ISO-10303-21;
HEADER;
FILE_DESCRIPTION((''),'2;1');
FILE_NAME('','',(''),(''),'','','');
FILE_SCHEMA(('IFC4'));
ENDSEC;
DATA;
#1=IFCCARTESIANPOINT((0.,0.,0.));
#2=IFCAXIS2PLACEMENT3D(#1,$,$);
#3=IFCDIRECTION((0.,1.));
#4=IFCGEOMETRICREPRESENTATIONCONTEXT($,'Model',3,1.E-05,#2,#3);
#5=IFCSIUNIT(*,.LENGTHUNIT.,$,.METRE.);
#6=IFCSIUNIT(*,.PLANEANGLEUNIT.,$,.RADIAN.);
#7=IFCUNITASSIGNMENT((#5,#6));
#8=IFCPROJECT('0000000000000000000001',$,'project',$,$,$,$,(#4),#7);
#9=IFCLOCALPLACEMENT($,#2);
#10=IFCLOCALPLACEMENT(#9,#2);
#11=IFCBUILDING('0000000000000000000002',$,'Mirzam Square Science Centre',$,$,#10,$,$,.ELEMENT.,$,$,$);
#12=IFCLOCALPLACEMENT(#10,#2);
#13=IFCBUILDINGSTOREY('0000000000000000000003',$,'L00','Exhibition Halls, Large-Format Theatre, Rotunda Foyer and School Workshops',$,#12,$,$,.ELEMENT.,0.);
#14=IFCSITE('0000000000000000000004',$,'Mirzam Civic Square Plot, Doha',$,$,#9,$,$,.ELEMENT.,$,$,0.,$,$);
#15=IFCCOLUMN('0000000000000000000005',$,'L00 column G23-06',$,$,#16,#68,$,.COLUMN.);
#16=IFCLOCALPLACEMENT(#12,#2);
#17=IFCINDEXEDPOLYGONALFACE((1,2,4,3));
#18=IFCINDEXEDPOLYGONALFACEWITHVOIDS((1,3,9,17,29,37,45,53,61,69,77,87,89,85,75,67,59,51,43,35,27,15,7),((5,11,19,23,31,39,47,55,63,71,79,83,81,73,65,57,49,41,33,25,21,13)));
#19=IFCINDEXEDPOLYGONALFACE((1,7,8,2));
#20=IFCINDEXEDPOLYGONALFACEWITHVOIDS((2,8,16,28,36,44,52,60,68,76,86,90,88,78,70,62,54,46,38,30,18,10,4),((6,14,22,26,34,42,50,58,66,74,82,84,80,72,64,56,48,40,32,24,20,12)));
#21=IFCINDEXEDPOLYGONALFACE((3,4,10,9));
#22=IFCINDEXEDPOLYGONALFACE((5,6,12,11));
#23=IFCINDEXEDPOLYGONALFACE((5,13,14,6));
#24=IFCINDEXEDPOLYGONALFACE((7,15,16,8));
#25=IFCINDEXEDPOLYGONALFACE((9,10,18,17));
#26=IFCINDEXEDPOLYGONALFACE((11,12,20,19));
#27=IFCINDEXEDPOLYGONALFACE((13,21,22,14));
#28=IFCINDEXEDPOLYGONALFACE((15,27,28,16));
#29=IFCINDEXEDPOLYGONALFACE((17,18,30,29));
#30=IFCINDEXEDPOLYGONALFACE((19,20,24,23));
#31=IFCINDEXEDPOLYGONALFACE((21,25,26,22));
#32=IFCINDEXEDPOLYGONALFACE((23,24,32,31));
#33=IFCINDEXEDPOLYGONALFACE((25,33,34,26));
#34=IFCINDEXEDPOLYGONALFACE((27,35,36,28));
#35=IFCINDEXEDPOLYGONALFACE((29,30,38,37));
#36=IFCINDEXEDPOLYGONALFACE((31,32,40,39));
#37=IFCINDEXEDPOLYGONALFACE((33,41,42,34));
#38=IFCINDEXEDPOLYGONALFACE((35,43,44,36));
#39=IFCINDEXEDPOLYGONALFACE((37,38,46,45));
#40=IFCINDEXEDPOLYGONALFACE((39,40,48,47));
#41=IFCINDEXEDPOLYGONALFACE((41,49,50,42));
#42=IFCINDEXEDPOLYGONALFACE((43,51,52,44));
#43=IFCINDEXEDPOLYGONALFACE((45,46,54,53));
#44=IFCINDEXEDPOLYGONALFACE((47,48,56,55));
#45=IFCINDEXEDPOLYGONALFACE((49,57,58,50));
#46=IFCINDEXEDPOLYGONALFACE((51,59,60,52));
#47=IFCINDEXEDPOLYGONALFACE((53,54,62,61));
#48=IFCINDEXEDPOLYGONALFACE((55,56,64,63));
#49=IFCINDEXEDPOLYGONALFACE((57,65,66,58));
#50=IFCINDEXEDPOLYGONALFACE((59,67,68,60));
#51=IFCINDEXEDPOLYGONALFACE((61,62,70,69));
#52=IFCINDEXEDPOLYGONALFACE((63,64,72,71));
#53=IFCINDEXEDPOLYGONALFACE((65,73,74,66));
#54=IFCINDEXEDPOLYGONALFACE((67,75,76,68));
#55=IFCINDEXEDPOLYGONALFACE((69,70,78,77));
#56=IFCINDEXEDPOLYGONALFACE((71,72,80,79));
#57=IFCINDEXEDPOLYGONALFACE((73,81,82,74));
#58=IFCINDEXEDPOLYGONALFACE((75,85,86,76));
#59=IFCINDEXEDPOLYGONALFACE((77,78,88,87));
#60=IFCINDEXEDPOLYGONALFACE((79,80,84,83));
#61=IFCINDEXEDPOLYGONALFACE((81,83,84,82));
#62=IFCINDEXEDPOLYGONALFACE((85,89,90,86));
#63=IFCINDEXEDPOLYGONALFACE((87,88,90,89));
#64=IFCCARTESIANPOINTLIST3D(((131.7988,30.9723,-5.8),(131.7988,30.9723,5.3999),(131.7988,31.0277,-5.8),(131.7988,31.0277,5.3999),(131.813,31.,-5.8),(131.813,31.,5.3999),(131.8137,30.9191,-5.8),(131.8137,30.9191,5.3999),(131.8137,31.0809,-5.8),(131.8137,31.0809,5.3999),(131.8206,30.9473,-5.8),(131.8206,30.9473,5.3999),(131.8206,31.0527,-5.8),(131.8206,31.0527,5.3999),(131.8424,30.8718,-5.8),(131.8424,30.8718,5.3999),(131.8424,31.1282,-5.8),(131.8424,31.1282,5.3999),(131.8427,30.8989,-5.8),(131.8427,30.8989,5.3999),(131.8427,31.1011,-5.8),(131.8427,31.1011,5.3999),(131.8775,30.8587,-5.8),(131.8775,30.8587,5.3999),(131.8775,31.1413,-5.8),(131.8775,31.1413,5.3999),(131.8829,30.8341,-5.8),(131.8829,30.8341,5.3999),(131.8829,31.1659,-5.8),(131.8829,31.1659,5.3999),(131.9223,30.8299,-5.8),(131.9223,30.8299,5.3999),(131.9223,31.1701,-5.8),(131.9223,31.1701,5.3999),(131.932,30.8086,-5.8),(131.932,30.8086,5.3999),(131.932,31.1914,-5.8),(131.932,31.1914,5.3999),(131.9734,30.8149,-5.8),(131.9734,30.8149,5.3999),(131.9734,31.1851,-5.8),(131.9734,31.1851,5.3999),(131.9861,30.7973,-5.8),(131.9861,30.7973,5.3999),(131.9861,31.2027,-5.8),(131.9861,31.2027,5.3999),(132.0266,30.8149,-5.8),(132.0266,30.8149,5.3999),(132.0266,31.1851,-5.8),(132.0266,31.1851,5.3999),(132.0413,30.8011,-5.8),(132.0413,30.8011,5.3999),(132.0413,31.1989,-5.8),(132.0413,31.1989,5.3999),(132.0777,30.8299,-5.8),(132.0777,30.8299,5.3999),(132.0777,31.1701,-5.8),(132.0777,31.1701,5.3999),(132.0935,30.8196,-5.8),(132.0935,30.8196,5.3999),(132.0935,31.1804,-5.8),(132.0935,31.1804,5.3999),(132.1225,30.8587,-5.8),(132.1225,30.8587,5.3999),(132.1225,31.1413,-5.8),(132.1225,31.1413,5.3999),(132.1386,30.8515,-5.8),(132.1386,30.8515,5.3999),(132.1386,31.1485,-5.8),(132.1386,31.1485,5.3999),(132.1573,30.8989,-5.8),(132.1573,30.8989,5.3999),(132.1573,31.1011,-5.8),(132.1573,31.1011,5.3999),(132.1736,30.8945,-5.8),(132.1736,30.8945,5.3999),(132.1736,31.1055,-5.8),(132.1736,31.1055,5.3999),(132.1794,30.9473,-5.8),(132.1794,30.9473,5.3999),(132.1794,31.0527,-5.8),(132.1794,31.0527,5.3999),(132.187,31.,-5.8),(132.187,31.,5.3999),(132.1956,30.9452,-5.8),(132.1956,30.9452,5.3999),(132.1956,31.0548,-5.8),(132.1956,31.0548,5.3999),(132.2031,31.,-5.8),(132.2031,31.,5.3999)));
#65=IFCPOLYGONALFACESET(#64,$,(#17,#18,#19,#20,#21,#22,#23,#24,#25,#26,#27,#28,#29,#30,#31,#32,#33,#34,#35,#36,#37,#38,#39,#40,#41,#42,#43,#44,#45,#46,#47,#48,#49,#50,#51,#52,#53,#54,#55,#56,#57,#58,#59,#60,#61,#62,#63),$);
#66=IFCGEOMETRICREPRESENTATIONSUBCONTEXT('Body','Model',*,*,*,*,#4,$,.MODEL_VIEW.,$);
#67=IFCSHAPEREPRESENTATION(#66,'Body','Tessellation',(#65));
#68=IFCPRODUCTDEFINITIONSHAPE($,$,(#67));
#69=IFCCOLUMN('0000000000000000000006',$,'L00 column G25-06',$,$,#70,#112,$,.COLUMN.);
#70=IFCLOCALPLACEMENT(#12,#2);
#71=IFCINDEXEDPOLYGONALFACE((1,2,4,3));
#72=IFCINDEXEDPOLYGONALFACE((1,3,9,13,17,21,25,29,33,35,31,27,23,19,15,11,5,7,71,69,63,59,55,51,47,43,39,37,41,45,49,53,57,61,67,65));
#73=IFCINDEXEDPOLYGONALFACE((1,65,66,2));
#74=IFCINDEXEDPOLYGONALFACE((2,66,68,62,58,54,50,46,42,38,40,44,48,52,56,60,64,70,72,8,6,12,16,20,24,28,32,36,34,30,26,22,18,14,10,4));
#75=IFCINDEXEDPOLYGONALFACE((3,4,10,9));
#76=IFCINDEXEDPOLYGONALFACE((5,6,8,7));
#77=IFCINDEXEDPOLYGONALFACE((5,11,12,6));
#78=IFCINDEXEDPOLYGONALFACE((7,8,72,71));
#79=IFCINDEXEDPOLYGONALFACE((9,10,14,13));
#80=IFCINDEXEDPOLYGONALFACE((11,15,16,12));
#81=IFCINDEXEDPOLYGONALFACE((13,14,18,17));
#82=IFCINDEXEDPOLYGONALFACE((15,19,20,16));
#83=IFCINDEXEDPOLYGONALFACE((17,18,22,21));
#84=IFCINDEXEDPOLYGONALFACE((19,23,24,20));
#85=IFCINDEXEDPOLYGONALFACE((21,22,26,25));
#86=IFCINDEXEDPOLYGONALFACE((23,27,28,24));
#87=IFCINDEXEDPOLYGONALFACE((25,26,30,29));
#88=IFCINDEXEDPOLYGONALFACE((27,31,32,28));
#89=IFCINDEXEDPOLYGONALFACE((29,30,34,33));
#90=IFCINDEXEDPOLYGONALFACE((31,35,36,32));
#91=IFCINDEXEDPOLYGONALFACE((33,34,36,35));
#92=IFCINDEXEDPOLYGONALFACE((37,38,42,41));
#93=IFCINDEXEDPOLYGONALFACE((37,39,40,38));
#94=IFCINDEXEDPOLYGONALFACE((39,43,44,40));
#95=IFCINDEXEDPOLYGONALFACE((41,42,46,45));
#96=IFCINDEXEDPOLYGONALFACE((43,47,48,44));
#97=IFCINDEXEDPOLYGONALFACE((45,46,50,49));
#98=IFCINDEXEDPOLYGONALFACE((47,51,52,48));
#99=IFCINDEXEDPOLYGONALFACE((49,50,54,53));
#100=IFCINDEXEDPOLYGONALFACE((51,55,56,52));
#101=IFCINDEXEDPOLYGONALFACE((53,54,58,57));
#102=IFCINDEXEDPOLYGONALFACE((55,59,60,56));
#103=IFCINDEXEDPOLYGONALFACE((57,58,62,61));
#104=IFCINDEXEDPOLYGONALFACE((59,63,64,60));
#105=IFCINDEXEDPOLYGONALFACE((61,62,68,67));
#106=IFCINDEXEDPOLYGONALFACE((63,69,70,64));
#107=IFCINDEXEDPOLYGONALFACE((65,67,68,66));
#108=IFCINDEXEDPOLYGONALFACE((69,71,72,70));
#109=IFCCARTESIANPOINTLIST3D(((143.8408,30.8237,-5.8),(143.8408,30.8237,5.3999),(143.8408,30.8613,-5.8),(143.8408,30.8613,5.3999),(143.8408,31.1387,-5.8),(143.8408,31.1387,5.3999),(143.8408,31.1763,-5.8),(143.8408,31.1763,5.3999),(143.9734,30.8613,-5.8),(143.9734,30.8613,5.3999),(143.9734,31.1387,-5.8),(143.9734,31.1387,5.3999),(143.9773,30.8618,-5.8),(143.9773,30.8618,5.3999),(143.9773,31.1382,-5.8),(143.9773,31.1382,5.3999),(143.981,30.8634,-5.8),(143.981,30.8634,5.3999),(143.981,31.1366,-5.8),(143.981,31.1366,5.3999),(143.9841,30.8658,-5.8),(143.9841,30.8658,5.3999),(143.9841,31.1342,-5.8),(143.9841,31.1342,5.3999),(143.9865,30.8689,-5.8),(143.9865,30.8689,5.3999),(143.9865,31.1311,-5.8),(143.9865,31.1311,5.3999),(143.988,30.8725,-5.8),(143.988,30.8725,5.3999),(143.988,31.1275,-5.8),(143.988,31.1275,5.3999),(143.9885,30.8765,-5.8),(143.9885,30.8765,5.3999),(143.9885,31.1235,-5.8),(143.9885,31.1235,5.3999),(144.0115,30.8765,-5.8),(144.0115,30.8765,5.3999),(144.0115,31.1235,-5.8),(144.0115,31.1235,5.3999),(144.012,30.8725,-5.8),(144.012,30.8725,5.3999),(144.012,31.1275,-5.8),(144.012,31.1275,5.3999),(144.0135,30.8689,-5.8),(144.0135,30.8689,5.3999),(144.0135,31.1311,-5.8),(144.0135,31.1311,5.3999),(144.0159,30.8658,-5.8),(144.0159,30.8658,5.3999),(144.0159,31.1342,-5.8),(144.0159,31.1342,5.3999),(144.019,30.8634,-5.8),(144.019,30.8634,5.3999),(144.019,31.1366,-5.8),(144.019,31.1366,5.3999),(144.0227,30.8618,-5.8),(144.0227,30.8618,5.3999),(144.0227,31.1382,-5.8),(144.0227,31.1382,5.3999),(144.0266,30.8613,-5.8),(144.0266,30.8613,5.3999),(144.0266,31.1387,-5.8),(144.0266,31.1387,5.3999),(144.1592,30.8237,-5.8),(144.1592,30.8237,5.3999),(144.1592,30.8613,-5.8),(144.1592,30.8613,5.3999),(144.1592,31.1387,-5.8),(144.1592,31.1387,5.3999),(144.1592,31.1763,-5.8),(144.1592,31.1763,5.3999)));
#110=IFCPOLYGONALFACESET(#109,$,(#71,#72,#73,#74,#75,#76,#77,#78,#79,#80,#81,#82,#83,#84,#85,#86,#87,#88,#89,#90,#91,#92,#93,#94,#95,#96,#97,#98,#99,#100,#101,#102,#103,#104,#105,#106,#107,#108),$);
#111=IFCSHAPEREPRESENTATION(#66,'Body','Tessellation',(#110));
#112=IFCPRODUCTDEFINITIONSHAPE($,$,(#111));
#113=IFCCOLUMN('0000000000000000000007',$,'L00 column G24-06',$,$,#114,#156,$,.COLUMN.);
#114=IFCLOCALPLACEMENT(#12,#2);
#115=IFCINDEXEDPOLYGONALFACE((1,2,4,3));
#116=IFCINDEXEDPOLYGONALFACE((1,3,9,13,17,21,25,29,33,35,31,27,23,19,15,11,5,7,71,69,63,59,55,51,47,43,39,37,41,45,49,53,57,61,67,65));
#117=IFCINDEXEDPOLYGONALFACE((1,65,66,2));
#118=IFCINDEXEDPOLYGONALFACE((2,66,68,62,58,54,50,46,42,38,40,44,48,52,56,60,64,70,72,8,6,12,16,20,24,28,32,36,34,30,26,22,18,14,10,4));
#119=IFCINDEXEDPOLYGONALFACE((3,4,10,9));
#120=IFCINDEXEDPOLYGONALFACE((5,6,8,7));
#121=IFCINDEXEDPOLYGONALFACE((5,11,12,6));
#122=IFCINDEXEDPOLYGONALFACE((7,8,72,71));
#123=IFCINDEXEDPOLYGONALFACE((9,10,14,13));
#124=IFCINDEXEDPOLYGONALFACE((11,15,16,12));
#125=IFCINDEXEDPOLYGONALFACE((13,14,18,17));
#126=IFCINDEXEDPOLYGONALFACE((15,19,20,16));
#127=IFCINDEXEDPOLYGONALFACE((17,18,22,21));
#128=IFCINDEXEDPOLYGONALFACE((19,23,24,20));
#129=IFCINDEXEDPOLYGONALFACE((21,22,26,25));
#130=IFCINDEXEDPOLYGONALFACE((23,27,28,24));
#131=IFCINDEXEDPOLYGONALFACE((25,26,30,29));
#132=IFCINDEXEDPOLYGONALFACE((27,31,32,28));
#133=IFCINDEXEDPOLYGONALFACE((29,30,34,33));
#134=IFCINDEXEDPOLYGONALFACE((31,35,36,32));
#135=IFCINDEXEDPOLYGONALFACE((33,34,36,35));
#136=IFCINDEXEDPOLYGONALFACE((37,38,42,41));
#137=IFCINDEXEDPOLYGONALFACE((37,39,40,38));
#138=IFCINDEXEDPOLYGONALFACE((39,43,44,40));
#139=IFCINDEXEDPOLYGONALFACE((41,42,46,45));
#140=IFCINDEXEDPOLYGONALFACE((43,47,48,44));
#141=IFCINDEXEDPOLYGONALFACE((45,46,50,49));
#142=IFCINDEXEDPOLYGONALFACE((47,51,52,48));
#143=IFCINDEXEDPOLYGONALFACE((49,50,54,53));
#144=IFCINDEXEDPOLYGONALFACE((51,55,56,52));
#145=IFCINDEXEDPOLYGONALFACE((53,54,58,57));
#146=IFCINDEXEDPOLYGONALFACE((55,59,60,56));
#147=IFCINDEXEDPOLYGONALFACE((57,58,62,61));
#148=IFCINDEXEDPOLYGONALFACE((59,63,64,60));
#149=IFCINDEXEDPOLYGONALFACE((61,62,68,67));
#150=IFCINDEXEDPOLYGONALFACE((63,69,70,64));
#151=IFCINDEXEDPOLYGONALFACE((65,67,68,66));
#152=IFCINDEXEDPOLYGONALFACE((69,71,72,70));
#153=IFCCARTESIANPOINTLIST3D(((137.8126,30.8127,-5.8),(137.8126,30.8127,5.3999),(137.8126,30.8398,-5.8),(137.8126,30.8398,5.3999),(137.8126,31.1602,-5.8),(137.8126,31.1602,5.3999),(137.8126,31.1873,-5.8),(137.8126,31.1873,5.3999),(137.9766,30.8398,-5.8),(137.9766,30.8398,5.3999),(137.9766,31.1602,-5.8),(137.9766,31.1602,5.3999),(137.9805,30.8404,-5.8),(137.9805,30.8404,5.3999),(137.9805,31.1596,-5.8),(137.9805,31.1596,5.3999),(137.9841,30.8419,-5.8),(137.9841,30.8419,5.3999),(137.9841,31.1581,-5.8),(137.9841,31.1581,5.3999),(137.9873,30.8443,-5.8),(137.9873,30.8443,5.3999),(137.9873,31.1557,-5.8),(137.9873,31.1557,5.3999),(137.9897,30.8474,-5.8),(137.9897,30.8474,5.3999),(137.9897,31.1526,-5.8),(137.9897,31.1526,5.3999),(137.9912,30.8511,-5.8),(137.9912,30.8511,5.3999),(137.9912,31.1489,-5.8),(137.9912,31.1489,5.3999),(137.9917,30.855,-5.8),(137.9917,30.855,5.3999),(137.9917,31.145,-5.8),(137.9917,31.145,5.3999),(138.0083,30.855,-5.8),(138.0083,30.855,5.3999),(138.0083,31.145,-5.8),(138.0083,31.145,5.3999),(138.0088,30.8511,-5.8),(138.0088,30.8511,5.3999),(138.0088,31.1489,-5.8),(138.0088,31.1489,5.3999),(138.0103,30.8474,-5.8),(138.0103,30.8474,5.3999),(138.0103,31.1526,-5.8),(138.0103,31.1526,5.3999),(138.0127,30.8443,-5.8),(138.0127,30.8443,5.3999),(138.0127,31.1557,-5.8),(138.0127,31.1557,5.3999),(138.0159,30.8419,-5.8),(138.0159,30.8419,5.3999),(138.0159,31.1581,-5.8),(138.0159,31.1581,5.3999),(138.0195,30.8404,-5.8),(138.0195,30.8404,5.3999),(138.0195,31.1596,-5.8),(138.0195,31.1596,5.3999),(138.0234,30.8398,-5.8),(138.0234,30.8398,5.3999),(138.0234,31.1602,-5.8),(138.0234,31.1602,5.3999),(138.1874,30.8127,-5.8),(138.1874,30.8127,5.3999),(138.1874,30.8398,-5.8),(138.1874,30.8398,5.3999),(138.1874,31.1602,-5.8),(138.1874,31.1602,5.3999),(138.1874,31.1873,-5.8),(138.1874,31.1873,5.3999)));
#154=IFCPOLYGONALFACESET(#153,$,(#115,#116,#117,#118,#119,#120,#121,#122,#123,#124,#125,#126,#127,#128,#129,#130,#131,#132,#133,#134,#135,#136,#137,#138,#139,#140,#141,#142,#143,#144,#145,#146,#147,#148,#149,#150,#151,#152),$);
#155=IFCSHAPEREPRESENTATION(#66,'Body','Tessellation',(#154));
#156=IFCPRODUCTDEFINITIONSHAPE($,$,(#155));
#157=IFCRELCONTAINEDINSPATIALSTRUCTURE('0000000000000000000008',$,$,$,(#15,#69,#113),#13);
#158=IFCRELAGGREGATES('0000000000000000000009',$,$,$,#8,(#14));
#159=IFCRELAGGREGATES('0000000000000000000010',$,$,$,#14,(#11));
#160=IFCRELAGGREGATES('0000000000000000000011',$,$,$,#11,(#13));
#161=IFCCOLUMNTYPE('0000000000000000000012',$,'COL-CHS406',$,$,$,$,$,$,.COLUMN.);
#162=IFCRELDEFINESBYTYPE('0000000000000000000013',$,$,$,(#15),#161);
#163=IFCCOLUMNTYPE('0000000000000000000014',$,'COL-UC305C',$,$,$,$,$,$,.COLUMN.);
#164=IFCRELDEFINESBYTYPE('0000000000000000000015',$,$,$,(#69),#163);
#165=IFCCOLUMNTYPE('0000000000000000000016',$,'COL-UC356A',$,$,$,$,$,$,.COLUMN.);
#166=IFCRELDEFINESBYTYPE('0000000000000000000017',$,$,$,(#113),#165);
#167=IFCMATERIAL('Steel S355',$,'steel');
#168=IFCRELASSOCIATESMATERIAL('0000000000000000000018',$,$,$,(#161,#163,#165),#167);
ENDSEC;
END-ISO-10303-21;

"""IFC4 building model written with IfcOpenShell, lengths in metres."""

from ifc_helpers import new_model, si_unit, direction, frame, origin, origin_2d, place, context, subcontext, project, spatial, hollow_circle, i_section, extrude, material, material_profile, profile_set, type_object, element, save


model = new_model("IFC4")

# Units and contexts
model_context = context("Model", 3, precision=1e-05, world=origin(), true_north=direction((0.0, 1.0)))
body_context = subcontext(model_context, "Body", "Model", "MODEL_VIEW")
ifc_project = project(units=[si_unit("LENGTHUNIT", "METRE"), si_unit("PLANEANGLEUNIT", "RADIAN")], contexts=[model_context])

# Site, building, storey
site_placement = place(None, origin())
site = spatial("IfcSite", under=ifc_project, at=site_placement, Name="Mirzam Civic Square Plot, Doha", CompositionType="ELEMENT", RefElevation=0.0)
building_placement = place(site_placement, origin())
building = spatial("IfcBuilding", under=site, at=building_placement, Name="Mirzam Square Science Centre", CompositionType="ELEMENT")
storey_placement = place(building_placement, origin())
storey = spatial("IfcBuildingStorey", under=building, at=storey_placement, Name="L00", Description="Exhibition Halls, Large-Format Theatre, Rotunda Foyer and School Workshops", CompositionType="ELEMENT", Elevation=0.0)

# Columns
ifc_material_1 = material(Name="Steel S355", Category="steel")
ifc_material_profile_1 = material_profile(ifc_material_1, hollow_circle(Radius=0.2031, WallThickness=0.0161, at=origin_2d()), Name="406.4x16.0CHS")
ifc_profile_set_1 = profile_set([ifc_material_profile_1], Name="Steel S355")
column_type_1 = type_object("IfcColumnType", Name="COL-CHS406", PredefinedType="COLUMN", material=ifc_profile_set_1)
column_1_placement = place(storey_placement, frame((132.0, 31.0, -5.8), z_axis=(0.0, 0.0, 1.0), x_axis=(1.0, 0.0, 0.0)))
element("IfcColumn", 1, at=column_1_placement, inside=storey, type_object=column_type_1, Name="L00 column G23-06", PredefinedType="COLUMN", context=body_context, shape_type="SweptSolid", body=[
    extrude(hollow_circle(Radius=0.2031, WallThickness=0.0161, at=origin_2d()), origin(), (0.0, 0.0, 1.0), 11.2),
])
ifc_material_profile_2 = material_profile(ifc_material_1, i_section(OverallWidth=0.3184, OverallDepth=0.3525, WebThickness=0.0229, FlangeThickness=0.0376, FilletRadius=0.0151, at=origin_2d()), Name="305x305x240UC")
ifc_profile_set_2 = profile_set([ifc_material_profile_2], Name="Steel S355")
column_type_2 = type_object("IfcColumnType", Name="COL-UC305C", PredefinedType="COLUMN", material=ifc_profile_set_2)
column_2_placement = place(storey_placement, frame((144.0, 31.0, -5.8), z_axis=(0.0, 0.0, 1.0), x_axis=(1.0, 0.0, 0.0)))
element("IfcColumn", 2, at=column_2_placement, inside=storey, type_object=column_type_2, Name="L00 column G25-06", PredefinedType="COLUMN", context=body_context, shape_type="SweptSolid", body=[
    extrude(i_section(OverallWidth=0.3184, OverallDepth=0.3525, WebThickness=0.0229, FlangeThickness=0.0376, FilletRadius=0.0151, at=origin_2d()), origin(), (0.0, 0.0, 1.0), 11.2),
])
ifc_material_profile_3 = material_profile(ifc_material_1, i_section(OverallWidth=0.3748, OverallDepth=0.3745, WebThickness=0.0166, FlangeThickness=0.0271, FilletRadius=0.0151, at=origin_2d()), Name="356x368x202UC")
ifc_profile_set_3 = profile_set([ifc_material_profile_3], Name="Steel S355")
column_type_3 = type_object("IfcColumnType", Name="COL-UC356A", PredefinedType="COLUMN", material=ifc_profile_set_3)
column_3_placement = place(storey_placement, frame((138.0, 31.0, -5.8), z_axis=(0.0, 0.0, 1.0), x_axis=(1.0, 0.0, 0.0)))
element("IfcColumn", 3, at=column_3_placement, inside=storey, type_object=column_type_3, Name="L00 column G24-06", PredefinedType="COLUMN", context=body_context, shape_type="SweptSolid", body=[
    extrude(i_section(OverallWidth=0.3748, OverallDepth=0.3745, WebThickness=0.0166, FlangeThickness=0.0271, FilletRadius=0.0151, at=origin_2d()), origin(), (0.0, 0.0, 1.0), 11.2),
])

save(model, "model.ifc")
